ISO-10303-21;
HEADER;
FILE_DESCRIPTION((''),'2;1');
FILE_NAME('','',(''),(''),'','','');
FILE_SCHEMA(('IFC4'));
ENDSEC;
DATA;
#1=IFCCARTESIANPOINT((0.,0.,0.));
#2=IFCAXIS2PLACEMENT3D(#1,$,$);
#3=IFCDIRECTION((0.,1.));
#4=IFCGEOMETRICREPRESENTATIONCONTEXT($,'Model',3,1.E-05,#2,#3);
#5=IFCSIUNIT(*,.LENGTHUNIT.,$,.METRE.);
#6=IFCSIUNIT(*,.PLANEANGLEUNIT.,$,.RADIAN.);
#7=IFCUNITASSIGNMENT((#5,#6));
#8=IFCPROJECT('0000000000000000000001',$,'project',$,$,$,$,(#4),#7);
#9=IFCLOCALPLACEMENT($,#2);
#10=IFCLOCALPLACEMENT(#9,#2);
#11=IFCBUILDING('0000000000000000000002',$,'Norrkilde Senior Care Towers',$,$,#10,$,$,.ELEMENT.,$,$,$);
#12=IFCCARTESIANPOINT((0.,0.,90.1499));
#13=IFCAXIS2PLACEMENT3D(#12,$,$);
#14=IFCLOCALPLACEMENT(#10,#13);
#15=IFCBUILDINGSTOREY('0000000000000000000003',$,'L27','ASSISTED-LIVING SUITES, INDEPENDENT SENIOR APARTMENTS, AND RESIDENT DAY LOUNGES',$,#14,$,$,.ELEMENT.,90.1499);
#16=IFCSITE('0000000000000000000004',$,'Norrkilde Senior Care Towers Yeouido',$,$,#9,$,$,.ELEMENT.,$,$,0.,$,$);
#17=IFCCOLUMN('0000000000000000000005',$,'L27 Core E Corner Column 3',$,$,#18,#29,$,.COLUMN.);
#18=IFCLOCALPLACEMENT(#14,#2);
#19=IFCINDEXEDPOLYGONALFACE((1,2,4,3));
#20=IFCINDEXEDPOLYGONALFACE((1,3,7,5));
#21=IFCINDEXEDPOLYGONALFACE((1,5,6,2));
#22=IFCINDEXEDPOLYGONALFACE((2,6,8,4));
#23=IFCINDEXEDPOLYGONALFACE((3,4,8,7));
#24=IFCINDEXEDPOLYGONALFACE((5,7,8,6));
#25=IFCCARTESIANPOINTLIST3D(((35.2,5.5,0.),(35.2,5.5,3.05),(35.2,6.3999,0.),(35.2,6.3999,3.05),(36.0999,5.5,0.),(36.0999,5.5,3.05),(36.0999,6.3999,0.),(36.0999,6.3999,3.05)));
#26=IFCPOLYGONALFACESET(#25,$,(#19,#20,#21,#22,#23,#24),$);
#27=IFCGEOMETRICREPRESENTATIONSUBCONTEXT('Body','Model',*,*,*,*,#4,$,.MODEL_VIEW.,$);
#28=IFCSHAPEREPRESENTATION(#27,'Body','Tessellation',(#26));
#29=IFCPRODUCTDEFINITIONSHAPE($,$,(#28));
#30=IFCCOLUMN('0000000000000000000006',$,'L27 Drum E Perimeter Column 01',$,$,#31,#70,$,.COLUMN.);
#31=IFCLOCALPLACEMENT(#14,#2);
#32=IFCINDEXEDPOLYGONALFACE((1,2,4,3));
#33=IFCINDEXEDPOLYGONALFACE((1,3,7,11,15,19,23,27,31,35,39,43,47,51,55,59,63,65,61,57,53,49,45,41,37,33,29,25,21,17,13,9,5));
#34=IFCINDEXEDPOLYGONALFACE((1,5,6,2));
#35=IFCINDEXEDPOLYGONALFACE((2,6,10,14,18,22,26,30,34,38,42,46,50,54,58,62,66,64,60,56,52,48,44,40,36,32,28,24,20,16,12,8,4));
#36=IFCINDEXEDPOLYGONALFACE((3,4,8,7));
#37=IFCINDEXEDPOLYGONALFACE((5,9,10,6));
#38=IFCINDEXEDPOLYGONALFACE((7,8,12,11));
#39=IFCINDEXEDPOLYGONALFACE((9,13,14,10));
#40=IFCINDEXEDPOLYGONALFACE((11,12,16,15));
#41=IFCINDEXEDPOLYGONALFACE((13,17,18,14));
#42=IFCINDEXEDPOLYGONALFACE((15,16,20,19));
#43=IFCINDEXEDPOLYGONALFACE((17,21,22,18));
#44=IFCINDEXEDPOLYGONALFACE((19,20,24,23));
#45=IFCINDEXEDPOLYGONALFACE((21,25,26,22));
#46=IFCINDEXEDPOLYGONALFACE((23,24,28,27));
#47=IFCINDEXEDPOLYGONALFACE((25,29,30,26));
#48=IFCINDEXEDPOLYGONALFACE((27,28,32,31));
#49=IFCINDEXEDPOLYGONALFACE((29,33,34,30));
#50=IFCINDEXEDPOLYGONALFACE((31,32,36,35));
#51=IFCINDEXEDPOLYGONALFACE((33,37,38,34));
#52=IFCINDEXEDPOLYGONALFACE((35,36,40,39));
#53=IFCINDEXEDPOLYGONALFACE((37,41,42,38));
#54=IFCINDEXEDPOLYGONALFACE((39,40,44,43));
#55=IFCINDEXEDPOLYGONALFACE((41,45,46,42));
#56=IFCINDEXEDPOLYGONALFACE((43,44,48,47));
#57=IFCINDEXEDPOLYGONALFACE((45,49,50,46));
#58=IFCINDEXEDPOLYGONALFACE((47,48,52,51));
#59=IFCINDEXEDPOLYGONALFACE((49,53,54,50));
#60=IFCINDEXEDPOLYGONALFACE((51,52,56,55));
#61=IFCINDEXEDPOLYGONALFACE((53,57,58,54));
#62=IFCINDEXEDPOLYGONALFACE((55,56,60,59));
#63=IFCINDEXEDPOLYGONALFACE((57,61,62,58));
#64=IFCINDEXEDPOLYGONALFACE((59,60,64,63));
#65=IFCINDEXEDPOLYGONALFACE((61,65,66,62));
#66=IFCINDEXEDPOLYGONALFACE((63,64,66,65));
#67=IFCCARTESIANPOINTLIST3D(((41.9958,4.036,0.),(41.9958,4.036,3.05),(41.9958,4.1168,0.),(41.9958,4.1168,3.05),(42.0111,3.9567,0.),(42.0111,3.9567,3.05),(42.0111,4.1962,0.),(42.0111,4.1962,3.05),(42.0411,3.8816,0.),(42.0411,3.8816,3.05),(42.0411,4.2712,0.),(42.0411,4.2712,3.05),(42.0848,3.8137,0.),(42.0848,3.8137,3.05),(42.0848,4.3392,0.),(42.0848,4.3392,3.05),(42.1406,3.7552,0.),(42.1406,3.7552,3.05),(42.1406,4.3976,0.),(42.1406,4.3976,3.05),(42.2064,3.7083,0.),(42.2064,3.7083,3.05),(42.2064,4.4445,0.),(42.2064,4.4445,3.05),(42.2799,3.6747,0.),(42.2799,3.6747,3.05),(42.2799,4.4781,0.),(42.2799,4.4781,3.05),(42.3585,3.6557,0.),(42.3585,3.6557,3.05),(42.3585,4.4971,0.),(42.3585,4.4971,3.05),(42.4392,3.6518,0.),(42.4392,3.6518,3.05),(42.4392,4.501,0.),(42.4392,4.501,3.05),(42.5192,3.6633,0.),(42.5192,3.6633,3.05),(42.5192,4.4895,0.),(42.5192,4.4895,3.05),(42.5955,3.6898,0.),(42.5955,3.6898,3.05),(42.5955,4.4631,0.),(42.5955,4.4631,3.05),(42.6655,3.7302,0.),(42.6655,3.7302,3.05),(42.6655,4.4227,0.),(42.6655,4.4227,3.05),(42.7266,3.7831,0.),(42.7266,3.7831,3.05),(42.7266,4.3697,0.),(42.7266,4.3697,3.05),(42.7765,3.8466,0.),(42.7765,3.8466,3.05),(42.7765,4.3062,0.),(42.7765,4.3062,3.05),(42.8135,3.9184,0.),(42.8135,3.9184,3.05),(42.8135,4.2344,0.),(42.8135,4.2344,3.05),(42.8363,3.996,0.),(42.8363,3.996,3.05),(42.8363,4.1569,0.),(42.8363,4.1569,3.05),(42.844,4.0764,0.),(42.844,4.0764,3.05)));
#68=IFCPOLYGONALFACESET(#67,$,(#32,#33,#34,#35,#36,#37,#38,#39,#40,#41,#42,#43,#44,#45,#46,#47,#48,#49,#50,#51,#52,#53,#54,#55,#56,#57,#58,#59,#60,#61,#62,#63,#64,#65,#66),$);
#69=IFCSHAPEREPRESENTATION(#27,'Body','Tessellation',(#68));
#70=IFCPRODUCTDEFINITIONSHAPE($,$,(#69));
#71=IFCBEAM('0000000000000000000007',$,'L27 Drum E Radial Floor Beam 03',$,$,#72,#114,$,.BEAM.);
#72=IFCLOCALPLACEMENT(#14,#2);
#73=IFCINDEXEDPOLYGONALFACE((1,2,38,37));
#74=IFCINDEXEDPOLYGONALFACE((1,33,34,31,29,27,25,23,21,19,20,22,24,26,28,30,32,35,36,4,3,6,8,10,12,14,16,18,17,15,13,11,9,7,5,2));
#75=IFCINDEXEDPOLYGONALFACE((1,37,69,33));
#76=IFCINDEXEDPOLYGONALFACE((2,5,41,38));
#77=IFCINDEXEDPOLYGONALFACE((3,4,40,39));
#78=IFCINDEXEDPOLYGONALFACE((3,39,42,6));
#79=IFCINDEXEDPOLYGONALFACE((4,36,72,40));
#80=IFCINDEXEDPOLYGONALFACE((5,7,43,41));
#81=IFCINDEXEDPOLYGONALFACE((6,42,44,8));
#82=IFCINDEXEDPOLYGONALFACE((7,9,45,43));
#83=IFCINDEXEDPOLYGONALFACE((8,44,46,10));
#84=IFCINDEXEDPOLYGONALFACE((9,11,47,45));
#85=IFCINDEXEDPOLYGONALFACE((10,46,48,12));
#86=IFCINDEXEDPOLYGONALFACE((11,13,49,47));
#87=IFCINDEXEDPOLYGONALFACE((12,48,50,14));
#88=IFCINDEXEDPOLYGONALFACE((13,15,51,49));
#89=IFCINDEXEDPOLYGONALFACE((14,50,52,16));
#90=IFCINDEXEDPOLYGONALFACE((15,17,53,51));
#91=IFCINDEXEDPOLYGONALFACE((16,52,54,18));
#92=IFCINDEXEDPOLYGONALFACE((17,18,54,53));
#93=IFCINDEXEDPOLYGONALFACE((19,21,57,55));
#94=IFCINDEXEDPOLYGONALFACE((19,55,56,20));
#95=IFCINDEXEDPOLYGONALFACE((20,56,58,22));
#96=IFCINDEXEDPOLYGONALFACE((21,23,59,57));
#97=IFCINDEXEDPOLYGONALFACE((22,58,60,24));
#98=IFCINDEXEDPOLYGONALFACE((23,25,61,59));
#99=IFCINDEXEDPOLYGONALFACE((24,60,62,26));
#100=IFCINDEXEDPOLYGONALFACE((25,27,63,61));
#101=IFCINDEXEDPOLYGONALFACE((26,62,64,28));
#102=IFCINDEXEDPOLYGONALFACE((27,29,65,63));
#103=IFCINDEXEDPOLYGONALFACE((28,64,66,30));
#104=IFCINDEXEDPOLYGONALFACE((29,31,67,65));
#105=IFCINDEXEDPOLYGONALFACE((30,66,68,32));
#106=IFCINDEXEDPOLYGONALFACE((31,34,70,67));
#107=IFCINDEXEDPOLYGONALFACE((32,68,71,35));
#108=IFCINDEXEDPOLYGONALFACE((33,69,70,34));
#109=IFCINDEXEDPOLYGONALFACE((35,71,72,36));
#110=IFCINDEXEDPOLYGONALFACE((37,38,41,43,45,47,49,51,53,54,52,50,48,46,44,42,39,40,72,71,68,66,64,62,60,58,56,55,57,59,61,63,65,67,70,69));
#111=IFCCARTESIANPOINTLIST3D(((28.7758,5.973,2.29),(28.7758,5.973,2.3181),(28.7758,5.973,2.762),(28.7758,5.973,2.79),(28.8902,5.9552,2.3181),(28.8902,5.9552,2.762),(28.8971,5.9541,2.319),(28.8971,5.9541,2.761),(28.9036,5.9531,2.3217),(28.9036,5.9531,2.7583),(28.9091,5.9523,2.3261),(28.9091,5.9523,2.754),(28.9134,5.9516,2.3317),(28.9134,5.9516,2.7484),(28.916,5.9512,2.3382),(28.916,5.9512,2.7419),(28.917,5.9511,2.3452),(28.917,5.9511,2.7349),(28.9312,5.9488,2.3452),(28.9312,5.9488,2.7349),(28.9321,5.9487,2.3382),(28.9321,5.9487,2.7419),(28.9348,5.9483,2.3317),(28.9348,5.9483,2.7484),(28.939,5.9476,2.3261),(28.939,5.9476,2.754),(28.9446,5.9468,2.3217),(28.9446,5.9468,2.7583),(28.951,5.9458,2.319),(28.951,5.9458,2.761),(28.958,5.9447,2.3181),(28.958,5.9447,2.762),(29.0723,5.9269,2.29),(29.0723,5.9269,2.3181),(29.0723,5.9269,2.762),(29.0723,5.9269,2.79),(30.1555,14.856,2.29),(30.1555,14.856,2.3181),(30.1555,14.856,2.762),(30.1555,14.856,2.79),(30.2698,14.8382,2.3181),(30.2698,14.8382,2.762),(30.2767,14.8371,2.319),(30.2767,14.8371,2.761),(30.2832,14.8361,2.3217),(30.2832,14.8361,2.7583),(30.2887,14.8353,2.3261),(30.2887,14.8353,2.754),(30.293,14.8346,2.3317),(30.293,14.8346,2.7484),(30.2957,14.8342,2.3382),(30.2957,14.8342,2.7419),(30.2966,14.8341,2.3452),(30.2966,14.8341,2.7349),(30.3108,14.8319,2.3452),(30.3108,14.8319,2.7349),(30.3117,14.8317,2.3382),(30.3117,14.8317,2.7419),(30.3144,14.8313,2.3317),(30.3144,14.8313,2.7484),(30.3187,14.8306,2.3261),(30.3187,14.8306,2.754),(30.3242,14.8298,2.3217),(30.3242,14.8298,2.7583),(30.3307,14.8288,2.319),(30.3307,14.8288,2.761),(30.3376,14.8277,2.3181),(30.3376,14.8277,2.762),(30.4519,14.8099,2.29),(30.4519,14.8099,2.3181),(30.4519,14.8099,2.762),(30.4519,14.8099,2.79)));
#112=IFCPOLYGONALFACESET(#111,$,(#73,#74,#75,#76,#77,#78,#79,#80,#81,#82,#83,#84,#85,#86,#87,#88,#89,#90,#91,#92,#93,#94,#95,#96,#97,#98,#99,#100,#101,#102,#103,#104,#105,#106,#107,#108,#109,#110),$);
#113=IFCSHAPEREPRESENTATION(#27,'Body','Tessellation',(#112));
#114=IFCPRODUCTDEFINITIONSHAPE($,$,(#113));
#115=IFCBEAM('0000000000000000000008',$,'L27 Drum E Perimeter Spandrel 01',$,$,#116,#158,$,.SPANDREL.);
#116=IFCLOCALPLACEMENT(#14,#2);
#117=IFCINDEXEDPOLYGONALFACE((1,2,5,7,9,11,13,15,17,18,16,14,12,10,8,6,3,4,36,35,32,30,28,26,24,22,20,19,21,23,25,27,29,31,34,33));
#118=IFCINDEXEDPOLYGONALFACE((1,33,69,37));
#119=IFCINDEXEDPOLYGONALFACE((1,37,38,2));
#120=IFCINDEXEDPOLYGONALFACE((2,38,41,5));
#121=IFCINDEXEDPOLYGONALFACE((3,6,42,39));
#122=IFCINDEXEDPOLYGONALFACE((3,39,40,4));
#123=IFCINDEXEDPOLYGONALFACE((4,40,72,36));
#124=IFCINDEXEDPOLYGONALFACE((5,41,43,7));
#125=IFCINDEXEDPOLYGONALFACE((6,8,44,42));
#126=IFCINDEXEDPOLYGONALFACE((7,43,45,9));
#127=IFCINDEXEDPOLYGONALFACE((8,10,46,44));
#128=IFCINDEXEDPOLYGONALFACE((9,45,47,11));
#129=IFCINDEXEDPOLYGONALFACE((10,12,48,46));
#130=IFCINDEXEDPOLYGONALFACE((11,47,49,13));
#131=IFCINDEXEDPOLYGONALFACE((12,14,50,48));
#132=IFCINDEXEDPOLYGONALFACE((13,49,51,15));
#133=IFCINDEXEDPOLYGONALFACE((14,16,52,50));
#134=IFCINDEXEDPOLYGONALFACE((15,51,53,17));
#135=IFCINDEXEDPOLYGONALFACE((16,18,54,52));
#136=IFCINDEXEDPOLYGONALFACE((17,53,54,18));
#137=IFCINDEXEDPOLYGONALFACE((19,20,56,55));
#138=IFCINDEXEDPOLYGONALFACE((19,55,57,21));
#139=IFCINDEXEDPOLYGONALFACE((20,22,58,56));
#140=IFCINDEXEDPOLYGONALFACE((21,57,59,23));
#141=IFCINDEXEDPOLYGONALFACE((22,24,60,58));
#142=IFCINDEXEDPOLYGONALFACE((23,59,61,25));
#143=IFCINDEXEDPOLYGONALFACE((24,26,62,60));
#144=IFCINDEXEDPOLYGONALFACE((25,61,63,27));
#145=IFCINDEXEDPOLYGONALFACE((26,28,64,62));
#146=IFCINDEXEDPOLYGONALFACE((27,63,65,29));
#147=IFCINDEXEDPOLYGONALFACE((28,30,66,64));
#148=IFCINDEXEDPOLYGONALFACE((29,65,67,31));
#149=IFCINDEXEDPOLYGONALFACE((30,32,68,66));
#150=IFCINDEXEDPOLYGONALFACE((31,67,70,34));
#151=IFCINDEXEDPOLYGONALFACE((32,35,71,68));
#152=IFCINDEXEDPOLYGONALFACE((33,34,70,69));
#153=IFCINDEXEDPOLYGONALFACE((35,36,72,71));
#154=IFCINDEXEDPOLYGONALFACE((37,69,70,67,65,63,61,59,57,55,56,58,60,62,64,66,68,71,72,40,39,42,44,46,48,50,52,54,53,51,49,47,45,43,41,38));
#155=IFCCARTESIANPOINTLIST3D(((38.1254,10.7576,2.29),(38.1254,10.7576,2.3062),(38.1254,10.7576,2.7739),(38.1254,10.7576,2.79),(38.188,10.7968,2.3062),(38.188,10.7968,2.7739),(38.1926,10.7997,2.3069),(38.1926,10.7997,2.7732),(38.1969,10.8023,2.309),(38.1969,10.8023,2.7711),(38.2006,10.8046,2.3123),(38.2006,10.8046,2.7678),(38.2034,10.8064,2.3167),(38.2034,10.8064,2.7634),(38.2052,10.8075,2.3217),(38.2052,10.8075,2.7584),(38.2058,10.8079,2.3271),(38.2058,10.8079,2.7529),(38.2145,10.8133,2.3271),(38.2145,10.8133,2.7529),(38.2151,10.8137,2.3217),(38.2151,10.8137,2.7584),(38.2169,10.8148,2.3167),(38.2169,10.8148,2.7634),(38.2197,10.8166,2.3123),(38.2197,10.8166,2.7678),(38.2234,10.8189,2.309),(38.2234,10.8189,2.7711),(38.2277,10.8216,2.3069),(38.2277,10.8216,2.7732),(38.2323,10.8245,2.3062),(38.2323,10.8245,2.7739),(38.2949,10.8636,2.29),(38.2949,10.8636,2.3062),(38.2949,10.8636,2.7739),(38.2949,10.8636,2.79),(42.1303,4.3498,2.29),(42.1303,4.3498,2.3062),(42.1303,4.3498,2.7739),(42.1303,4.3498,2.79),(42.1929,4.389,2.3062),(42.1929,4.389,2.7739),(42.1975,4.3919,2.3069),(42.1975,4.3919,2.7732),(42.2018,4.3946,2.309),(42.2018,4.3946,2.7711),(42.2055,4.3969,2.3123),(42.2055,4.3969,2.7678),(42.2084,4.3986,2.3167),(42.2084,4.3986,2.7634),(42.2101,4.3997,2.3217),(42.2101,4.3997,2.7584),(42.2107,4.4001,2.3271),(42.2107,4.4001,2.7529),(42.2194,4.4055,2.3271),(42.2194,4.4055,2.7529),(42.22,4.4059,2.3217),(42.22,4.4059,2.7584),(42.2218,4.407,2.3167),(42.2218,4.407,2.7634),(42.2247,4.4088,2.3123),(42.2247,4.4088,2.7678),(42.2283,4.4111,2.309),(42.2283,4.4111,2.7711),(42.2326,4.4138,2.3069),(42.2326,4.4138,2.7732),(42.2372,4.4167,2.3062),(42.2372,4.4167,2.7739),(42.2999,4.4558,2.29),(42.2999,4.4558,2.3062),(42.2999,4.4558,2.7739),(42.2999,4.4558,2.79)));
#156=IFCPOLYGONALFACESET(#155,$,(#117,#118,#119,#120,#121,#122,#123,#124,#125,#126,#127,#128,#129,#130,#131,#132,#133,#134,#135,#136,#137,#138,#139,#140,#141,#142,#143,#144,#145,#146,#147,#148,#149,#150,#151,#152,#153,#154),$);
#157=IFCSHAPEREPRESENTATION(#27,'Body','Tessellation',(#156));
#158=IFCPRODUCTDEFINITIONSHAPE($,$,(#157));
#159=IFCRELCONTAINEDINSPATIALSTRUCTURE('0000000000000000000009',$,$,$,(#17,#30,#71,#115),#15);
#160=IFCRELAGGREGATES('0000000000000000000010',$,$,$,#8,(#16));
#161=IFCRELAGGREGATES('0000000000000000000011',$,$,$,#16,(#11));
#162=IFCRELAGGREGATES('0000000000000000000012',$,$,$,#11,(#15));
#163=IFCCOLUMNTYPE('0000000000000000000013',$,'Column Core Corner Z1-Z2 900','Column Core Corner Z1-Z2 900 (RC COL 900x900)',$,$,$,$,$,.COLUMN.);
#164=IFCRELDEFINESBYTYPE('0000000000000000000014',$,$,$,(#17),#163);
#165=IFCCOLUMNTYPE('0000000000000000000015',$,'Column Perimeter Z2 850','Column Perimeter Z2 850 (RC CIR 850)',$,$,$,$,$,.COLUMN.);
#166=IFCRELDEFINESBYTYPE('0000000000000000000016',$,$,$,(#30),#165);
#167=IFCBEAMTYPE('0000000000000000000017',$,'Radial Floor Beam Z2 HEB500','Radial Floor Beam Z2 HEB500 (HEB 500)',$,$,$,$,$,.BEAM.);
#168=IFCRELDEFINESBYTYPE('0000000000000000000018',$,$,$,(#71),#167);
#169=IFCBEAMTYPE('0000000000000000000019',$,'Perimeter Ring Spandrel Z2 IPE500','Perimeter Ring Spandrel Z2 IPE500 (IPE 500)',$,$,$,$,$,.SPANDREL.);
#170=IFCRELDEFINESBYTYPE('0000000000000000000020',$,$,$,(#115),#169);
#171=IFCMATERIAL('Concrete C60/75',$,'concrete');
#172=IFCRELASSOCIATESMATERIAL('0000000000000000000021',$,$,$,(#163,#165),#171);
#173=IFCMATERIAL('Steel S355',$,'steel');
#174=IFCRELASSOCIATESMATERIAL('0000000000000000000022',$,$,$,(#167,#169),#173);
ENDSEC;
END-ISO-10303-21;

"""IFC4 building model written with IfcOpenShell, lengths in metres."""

from ifc_helpers import new_model, si_unit, direction, frame, origin, origin_2d, place, context, subcontext, project, spatial, rectangle, circle, i_section, extrude, source, transform, mapped, material, material_profile, profile_set, type_object, type_shapes, element, save


model = new_model("IFC4")

# Units and contexts
model_context = context("Model", 3, precision=1e-05, world=origin(), true_north=direction((0.0, 1.0)))
body_context = subcontext(model_context, "Body", "Model", "MODEL_VIEW")
ifc_project = project(units=[si_unit("LENGTHUNIT", "METRE"), si_unit("PLANEANGLEUNIT", "RADIAN")], contexts=[model_context])

# Site, building, storey
site_placement = place(None, origin())
site = spatial("IfcSite", under=ifc_project, at=site_placement, Name="Norrkilde Senior Care Towers Yeouido", CompositionType="ELEMENT", RefElevation=0.0)
building_placement = place(site_placement, origin())
building = spatial("IfcBuilding", under=site, at=building_placement, Name="Norrkilde Senior Care Towers", CompositionType="ELEMENT")
storey_placement = place(building_placement, frame((0.0, 0.0, 90.1499)))
storey = spatial("IfcBuildingStorey", under=building, at=storey_placement, Name="L27", Description="ASSISTED-LIVING SUITES, INDEPENDENT SENIOR APARTMENTS, AND RESIDENT DAY LOUNGES", CompositionType="ELEMENT", Elevation=90.1499)

# Columns
ifc_material_1 = material(Name="Concrete C60/75", Category="concrete")
ifc_material_profile_1 = material_profile(ifc_material_1, rectangle(XDim=0.8999, YDim=0.8999, at=origin_2d()), Name="RC COL 900x900")
ifc_profile_set_1 = profile_set([ifc_material_profile_1], Name="Concrete C60/75")
column_type_1 = type_object("IfcColumnType", Name="Column Core Corner Z1-Z2 900", Description="Column Core Corner Z1-Z2 900 (RC COL 900x900)", PredefinedType="COLUMN", material=ifc_profile_set_1)
shared_shape_1 = source(origin(), body_context, "Body", "SweptSolid", [
    extrude(rectangle(XDim=0.8999, YDim=0.8999, at=origin_2d()), origin(), (0.0, 0.0, 1.0), 3.05),
])
type_shapes(column_type_1, [shared_shape_1])
column_1_placement = place(storey_placement, frame((35.6499, 5.95, 0.0), z_axis=(0.0, 0.0, 1.0), x_axis=(1.0, 0.0, 0.0)))
element("IfcColumn", 1, at=column_1_placement, inside=storey, type_object=column_type_1, Name="L27 Core E Corner Column 3", PredefinedType="COLUMN", context=body_context, shape_type="MappedRepresentation", body=[
    mapped(shared_shape_1, transform((0.0, 0.0, 0.0), x_axis=(1.0, 0.0, 0.0), y_axis=(0.0, 1.0, 0.0), z_axis=(0.0, 0.0, 1.0), scale=1.0)),
])
ifc_material_profile_2 = material_profile(ifc_material_1, circle(Radius=0.425, at=origin_2d()), Name="RC CIR 850")
ifc_profile_set_2 = profile_set([ifc_material_profile_2], Name="Concrete C60/75")
column_type_2 = type_object("IfcColumnType", Name="Column Perimeter Z2 850", Description="Column Perimeter Z2 850 (RC CIR 850)", PredefinedType="COLUMN", material=ifc_profile_set_2)
shared_shape_2 = source(origin(), body_context, "Body", "SweptSolid", [
    extrude(circle(Radius=0.425, at=origin_2d()), origin(), (0.0, 0.0, 1.0), 3.05),
])
type_shapes(column_type_2, [shared_shape_2])
column_2_placement = place(storey_placement, frame((42.4189, 4.0764, 0.0), z_axis=(0.0, 0.0, 1.0), x_axis=(1.0, 0.0, 0.0)))
element("IfcColumn", 2, at=column_2_placement, inside=storey, type_object=column_type_2, Name="L27 Drum E Perimeter Column 01", PredefinedType="COLUMN", context=body_context, shape_type="MappedRepresentation", body=[
    mapped(shared_shape_2, transform((0.0, 0.0, 0.0), x_axis=(1.0, 0.0, 0.0), y_axis=(0.0, 1.0, 0.0), z_axis=(0.0, 0.0, 1.0), scale=1.0)),
])

# Beams
ifc_material_2 = material(Name="Steel S355", Category="steel")
ifc_material_profile_3 = material_profile(ifc_material_2, i_section(OverallWidth=0.3, OverallDepth=0.5, WebThickness=0.0144, FlangeThickness=0.0281, FilletRadius=0.0271, at=origin_2d()), Name="HEB 500")
ifc_profile_set_3 = profile_set([ifc_material_profile_3], Name="Steel S355")
beam_type_1 = type_object("IfcBeamType", Name="Radial Floor Beam Z2 HEB500", Description="Radial Floor Beam Z2 HEB500 (HEB 500)", PredefinedType="BEAM", material=ifc_profile_set_3)
shared_shape_3 = source(origin(), body_context, "Body", "SweptSolid", [
    extrude(i_section(OverallWidth=0.3, OverallDepth=0.5, WebThickness=0.0144, FlangeThickness=0.0281, FilletRadius=0.0271, at=origin_2d()), origin(), (0.0, 0.0, 1.0), 8.9895),
])
beam_1_placement = place(storey_placement, frame((28.9241, 5.95, 2.54), z_axis=(0.153471, 0.988153, 0.0), x_axis=(-0.988153, 0.153471, 0.0)))
element("IfcBeam", 3, at=beam_1_placement, inside=storey, type_object=beam_type_1, Name="L27 Drum E Radial Floor Beam 03", PredefinedType="BEAM", context=body_context, shape_type="MappedRepresentation", body=[
    mapped(shared_shape_3, transform((0.0, 0.0, 0.0), x_axis=(1.0, 0.0, 0.0), y_axis=(0.0, 1.0, 0.0), z_axis=(0.0, 0.0, 1.0), scale=1.0)),
])
ifc_material_profile_4 = material_profile(ifc_material_2, i_section(OverallWidth=0.2, OverallDepth=0.5, WebThickness=0.0103, FlangeThickness=0.0161, FilletRadius=0.021, at=origin_2d()), Name="IPE 500")
ifc_profile_set_4 = profile_set([ifc_material_profile_4], Name="Steel S355")
beam_type_2 = type_object("IfcBeamType", Name="Perimeter Ring Spandrel Z2 IPE500", Description="Perimeter Ring Spandrel Z2 IPE500 (IPE 500)", PredefinedType="SPANDREL", material=ifc_profile_set_4)
shared_shape_4 = source(origin(), body_context, "Body", "SweptSolid", [
    extrude(i_section(OverallWidth=0.2, OverallDepth=0.5, WebThickness=0.0103, FlangeThickness=0.0161, FilletRadius=0.021, at=origin_2d()), origin(), (0.0, 0.0, 1.0), 7.5564),
])
type_shapes(beam_type_2, [shared_shape_4])
beam_2_placement = place(storey_placement, frame((42.2151, 4.4028, 2.54), z_axis=(-0.530005, 0.847995, 0.0), x_axis=(-0.847995, -0.530005, 0.0)))
element("IfcBeam", 4, at=beam_2_placement, inside=storey, type_object=beam_type_2, Name="L27 Drum E Perimeter Spandrel 01", PredefinedType="SPANDREL", context=body_context, shape_type="MappedRepresentation", body=[
    mapped(shared_shape_4, transform((0.0, 0.0, 0.0), x_axis=(1.0, 0.0, 0.0), y_axis=(0.0, 1.0, 0.0), z_axis=(0.0, 0.0, 1.0), scale=1.0)),
])

save(model, "model.ifc")
